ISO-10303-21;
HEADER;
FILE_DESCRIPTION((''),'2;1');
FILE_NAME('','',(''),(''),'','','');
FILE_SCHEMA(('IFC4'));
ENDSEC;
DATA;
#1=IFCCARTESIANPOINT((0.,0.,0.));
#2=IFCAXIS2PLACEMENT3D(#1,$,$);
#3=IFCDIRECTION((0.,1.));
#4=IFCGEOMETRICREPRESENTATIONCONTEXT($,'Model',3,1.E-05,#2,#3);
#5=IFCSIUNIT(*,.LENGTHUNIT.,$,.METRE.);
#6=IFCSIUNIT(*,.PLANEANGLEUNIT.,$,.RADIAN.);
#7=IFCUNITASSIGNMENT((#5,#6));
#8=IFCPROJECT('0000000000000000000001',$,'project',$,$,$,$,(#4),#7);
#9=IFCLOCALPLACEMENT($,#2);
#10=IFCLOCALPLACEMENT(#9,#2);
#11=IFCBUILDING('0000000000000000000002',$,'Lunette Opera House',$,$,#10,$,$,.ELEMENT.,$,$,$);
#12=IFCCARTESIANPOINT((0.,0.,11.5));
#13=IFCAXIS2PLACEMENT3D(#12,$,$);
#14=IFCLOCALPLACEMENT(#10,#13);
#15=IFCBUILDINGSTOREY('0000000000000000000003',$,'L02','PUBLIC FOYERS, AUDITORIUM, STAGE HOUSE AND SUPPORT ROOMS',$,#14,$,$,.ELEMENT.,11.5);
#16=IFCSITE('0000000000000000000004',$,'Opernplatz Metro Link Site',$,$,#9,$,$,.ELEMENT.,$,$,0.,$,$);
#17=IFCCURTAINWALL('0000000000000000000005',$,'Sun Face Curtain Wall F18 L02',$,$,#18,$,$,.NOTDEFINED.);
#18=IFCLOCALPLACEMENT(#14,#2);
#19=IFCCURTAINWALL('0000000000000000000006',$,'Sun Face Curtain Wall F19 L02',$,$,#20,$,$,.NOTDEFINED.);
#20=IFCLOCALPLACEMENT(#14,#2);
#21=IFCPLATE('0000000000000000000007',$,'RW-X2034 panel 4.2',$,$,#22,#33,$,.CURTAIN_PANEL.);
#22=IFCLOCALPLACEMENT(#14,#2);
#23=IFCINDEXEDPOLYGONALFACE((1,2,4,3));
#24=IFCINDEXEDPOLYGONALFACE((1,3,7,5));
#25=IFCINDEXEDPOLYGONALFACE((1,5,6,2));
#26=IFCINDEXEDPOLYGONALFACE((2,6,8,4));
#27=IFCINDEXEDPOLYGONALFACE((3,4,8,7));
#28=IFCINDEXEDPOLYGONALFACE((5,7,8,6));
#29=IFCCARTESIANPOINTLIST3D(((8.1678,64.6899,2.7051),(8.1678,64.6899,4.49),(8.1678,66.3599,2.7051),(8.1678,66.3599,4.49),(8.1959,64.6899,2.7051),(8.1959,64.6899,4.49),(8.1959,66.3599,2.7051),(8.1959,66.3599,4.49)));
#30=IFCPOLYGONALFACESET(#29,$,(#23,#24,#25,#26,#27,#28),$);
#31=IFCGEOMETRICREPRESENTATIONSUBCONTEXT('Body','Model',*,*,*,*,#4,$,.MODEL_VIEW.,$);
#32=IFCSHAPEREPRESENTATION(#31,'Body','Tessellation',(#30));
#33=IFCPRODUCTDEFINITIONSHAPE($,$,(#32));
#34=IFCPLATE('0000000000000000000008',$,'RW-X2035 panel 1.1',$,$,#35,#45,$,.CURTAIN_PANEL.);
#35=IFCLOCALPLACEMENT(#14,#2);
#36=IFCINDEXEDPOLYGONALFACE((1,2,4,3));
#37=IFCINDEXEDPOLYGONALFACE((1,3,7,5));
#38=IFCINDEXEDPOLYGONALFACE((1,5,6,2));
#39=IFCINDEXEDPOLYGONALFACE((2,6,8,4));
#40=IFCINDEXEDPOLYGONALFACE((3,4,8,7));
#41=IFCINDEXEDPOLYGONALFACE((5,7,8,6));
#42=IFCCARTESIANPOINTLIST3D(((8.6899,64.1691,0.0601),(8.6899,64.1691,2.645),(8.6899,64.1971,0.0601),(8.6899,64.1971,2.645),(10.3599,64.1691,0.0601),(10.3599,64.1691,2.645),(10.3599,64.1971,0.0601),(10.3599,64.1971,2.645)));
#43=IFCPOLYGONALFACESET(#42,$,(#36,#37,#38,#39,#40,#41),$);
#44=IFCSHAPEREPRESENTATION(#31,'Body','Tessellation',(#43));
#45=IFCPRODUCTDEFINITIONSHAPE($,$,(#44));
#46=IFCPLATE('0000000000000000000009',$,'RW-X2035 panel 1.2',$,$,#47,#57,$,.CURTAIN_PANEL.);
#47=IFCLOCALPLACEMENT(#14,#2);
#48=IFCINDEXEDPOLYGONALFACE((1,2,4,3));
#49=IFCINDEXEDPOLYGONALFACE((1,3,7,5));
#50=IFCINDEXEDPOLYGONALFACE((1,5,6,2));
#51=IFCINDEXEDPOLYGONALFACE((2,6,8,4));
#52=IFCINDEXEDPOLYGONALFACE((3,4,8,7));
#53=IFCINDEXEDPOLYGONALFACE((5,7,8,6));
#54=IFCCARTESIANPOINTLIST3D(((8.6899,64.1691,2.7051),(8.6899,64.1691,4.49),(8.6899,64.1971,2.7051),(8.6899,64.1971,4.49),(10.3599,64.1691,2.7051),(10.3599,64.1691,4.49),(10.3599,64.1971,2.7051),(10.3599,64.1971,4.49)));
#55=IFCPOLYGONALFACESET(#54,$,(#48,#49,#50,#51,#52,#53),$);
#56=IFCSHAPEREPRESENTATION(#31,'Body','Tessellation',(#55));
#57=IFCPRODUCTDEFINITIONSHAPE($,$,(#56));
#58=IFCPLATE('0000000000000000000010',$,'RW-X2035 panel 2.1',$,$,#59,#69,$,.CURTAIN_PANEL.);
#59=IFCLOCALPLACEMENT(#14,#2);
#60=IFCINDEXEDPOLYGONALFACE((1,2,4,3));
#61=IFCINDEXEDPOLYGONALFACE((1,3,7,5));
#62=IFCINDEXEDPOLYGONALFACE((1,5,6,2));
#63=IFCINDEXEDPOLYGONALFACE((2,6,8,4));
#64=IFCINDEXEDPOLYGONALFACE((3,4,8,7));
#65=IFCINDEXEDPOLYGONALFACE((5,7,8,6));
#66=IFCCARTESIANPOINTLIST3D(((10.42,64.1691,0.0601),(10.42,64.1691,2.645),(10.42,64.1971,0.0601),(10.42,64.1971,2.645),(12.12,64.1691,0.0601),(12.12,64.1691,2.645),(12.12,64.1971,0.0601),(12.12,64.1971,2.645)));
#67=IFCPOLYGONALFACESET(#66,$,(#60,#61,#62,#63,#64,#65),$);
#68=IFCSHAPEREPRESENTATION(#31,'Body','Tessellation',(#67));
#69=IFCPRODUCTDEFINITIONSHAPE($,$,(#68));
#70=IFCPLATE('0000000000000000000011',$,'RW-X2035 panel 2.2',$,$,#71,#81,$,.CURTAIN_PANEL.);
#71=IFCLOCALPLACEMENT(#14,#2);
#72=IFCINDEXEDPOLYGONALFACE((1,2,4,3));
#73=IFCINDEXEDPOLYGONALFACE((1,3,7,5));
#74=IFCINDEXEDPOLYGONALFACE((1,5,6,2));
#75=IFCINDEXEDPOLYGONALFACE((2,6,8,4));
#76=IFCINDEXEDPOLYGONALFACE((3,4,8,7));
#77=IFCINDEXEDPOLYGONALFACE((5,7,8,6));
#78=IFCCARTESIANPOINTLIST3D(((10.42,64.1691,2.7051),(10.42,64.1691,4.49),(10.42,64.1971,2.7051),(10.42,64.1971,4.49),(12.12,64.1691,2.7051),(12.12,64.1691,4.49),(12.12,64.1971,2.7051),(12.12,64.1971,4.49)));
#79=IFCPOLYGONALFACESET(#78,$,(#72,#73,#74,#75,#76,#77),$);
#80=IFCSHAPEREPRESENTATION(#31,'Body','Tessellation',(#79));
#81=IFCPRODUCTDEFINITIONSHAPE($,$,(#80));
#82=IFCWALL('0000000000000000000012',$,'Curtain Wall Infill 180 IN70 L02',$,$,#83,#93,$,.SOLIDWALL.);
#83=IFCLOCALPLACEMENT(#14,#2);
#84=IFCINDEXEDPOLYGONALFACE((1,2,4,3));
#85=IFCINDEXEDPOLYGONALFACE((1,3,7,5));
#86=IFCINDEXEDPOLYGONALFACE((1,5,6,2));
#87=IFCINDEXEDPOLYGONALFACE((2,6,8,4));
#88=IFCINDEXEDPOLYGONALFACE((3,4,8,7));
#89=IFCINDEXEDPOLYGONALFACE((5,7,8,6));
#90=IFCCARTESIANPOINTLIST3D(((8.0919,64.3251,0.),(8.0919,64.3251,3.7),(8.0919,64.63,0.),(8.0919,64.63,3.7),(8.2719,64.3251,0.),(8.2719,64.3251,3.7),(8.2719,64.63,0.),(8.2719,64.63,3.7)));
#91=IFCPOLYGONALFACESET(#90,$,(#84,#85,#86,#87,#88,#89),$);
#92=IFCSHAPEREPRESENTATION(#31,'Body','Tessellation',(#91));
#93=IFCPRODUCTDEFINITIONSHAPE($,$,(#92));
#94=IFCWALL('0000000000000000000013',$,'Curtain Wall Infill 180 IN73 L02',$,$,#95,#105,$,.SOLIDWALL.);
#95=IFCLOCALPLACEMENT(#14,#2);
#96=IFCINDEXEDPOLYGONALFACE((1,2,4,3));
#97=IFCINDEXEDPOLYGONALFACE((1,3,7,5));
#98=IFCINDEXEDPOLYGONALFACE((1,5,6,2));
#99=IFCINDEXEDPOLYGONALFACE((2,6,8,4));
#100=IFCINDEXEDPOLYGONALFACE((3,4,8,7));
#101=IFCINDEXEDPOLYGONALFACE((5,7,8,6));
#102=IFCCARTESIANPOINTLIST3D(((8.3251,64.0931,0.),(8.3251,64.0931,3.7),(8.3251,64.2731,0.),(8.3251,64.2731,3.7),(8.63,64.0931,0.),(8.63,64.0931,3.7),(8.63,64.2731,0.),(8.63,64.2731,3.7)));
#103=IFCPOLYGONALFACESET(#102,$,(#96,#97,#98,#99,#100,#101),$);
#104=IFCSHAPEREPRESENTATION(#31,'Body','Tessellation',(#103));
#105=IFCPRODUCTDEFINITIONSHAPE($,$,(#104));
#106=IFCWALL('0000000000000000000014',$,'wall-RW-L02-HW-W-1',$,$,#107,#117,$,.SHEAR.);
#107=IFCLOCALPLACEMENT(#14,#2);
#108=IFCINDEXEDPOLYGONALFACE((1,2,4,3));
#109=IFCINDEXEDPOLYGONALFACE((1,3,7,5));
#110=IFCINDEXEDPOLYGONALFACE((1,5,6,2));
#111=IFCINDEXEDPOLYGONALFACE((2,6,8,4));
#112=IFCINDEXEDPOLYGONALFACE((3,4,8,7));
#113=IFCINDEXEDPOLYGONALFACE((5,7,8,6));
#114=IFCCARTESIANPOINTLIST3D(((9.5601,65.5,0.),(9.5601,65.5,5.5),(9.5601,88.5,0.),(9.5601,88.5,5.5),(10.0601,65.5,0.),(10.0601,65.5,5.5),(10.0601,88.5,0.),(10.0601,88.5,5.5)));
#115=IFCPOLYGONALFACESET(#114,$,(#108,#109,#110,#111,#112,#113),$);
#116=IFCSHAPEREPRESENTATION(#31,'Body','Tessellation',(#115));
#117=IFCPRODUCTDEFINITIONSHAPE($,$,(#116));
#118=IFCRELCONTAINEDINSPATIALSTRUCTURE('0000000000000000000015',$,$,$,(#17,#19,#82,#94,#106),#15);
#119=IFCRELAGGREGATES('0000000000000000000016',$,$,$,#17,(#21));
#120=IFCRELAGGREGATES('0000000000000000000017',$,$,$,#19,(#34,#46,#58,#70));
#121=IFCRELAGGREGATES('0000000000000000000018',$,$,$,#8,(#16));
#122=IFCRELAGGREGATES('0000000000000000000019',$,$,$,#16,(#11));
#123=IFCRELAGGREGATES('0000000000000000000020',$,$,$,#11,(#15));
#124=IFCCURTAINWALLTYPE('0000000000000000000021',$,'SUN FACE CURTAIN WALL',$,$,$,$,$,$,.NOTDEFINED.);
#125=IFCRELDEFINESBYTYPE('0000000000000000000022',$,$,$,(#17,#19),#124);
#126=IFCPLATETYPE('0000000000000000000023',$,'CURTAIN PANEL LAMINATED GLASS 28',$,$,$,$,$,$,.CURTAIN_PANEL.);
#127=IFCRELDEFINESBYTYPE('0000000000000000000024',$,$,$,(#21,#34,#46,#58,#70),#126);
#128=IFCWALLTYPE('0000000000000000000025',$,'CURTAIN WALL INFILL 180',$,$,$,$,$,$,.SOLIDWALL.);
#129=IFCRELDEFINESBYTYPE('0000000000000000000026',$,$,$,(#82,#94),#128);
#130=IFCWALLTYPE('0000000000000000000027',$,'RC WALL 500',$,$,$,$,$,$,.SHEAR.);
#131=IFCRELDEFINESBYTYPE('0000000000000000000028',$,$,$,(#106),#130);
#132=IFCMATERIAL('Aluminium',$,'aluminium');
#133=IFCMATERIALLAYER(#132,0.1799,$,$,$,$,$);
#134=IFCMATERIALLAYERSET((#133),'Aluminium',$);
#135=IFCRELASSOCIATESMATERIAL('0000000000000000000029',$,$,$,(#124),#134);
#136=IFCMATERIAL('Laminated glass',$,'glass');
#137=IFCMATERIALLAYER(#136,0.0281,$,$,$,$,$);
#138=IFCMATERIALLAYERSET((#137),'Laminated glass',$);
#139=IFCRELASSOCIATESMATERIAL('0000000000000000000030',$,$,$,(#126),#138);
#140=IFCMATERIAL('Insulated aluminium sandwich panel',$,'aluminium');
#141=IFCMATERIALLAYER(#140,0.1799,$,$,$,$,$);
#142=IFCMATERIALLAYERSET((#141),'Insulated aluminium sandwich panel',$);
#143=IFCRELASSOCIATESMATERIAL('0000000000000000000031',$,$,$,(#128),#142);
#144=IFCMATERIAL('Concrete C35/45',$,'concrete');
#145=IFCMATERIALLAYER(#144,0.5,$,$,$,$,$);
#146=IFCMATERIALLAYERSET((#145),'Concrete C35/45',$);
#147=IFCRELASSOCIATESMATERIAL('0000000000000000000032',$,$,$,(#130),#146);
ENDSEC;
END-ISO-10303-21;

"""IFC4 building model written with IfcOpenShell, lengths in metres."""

from ifc_helpers import new_model, si_unit, direction, frame, frame_2d, origin, origin_2d, place, context, subcontext, project, spatial, rectangle, extrude, material, layer, layer_set, type_object, element, aggregate, save


model = new_model("IFC4")

# Units and contexts
model_context = context("Model", 3, precision=1e-05, world=origin(), true_north=direction((0.0, 1.0)))
body_context = subcontext(model_context, "Body", "Model", "MODEL_VIEW")
ifc_project = project(units=[si_unit("LENGTHUNIT", "METRE"), si_unit("PLANEANGLEUNIT", "RADIAN")], contexts=[model_context])

# Site, building, storey
site_placement = place(None, origin())
site = spatial("IfcSite", under=ifc_project, at=site_placement, Name="Opernplatz Metro Link Site", CompositionType="ELEMENT", RefElevation=0.0)
building_placement = place(site_placement, origin())
building = spatial("IfcBuilding", under=site, at=building_placement, Name="Lunette Opera House", CompositionType="ELEMENT")
storey_placement = place(building_placement, frame((0.0, 0.0, 11.5)))
storey = spatial("IfcBuildingStorey", under=building, at=storey_placement, Name="L02", Description="PUBLIC FOYERS, AUDITORIUM, STAGE HOUSE AND SUPPORT ROOMS", CompositionType="ELEMENT", Elevation=11.5)

# Curtain wall
ifc_material_1 = material(Name="Aluminium", Category="aluminium")
ifc_layer_1 = layer(ifc_material_1, 0.1799)
ifc_layer_set_1 = layer_set([ifc_layer_1], Name="Aluminium")
curtain_wall_type = type_object("IfcCurtainWallType", Name="SUN FACE CURTAIN WALL", PredefinedType="NOTDEFINED", material=ifc_layer_set_1)
curtain_wall_1_placement = place(storey_placement, origin())
curtain_wall_1 = element("IfcCurtainWall", 1, at=curtain_wall_1_placement, inside=storey, type_object=curtain_wall_type, Name="Sun Face Curtain Wall F18 L02", PredefinedType="NOTDEFINED")

# Curtain wall
curtain_wall_2_placement = place(storey_placement, origin())
curtain_wall_2 = element("IfcCurtainWall", 2, at=curtain_wall_2_placement, inside=storey, type_object=curtain_wall_type, Name="Sun Face Curtain Wall F19 L02", PredefinedType="NOTDEFINED")

# Plates
ifc_material_2 = material(Name="Laminated glass", Category="glass")
ifc_layer_2 = layer(ifc_material_2, 0.0281)
ifc_layer_set_2 = layer_set([ifc_layer_2], Name="Laminated glass")
plate_type = type_object("IfcPlateType", Name="CURTAIN PANEL LAMINATED GLASS 28", PredefinedType="CURTAIN_PANEL", material=ifc_layer_set_2)
plate_1_placement = place(storey_placement, frame((8.1819, 65.5249, 2.7051), z_axis=(0.0, 0.0, 1.0), x_axis=(0.0, -1.0, 0.0)))
plate_1 = element("IfcPlate", 3, at=plate_1_placement, type_object=plate_type, Name="RW-X2034 panel 4.2", PredefinedType="CURTAIN_PANEL", context=body_context, shape_type="SweptSolid", body=[
    extrude(rectangle(XDim=1.6699, YDim=0.0281, at=origin_2d()), origin(), (0.0, 0.0, 1.0), 1.7849),
])
aggregate(curtain_wall_1, [plate_1])
plate_2_placement = place(storey_placement, frame((9.5249, 64.1831, 0.0601), z_axis=(0.0, 0.0, 1.0), x_axis=(1.0, 0.0, 0.0)))
plate_2 = element("IfcPlate", 4, at=plate_2_placement, type_object=plate_type, Name="RW-X2035 panel 1.1", PredefinedType="CURTAIN_PANEL", context=body_context, shape_type="SweptSolid", body=[
    extrude(rectangle(XDim=1.6699, YDim=0.0281, at=origin_2d()), origin(), (0.0, 0.0, 1.0), 2.585),
])
plate_3_placement = place(storey_placement, frame((9.5249, 64.1831, 2.7051), z_axis=(0.0, 0.0, 1.0), x_axis=(1.0, 0.0, 0.0)))
plate_3 = element("IfcPlate", 5, at=plate_3_placement, type_object=plate_type, Name="RW-X2035 panel 1.2", PredefinedType="CURTAIN_PANEL", context=body_context, shape_type="SweptSolid", body=[
    extrude(rectangle(XDim=1.6699, YDim=0.0281, at=origin_2d()), origin(), (0.0, 0.0, 1.0), 1.7849),
])
plate_4_placement = place(storey_placement, frame((11.27, 64.1831, 0.0601), z_axis=(0.0, 0.0, 1.0), x_axis=(1.0, 0.0, 0.0)))
plate_4 = element("IfcPlate", 6, at=plate_4_placement, type_object=plate_type, Name="RW-X2035 panel 2.1", PredefinedType="CURTAIN_PANEL", context=body_context, shape_type="SweptSolid", body=[
    extrude(rectangle(XDim=1.7, YDim=0.0281, at=origin_2d()), origin(), (0.0, 0.0, 1.0), 2.585),
])
plate_5_placement = place(storey_placement, frame((11.27, 64.1831, 2.7051), z_axis=(0.0, 0.0, 1.0), x_axis=(1.0, 0.0, 0.0)))
plate_5 = element("IfcPlate", 7, at=plate_5_placement, type_object=plate_type, Name="RW-X2035 panel 2.2", PredefinedType="CURTAIN_PANEL", context=body_context, shape_type="SweptSolid", body=[
    extrude(rectangle(XDim=1.7, YDim=0.0281, at=origin_2d()), origin(), (0.0, 0.0, 1.0), 1.7849),
])
aggregate(curtain_wall_2, [plate_2, plate_3, plate_4, plate_5])

# Walls
ifc_material_3 = material(Name="Insulated aluminium sandwich panel", Category="aluminium")
ifc_layer_3 = layer(ifc_material_3, 0.1799)
ifc_layer_set_3 = layer_set([ifc_layer_3], Name="Insulated aluminium sandwich panel")
wall_type_1 = type_object("IfcWallType", Name="CURTAIN WALL INFILL 180", PredefinedType="SOLIDWALL", material=ifc_layer_set_3)
for number, where, z_axis, x_axis, name in (
    (8, (8.1819, 64.6299, 0.0), (0.0, 0.0, 1.0), (0.0, -1.0, 0.0), "Curtain Wall Infill 180 IN70 L02"),
    (9, (8.6299, 64.1831, 0.0), (0.0, 0.0, 1.0), (-1.0, 0.0, 0.0), "Curtain Wall Infill 180 IN73 L02"),
):
    element("IfcWall", number, at=place(storey_placement, frame(where, z_axis=z_axis, x_axis=x_axis)), inside=storey, type_object=wall_type_1, Name=name, PredefinedType="SOLIDWALL", context=body_context, shape_type="SweptSolid", body=[
        extrude(rectangle(XDim=0.3049, YDim=0.1799, at=frame_2d((0.1523, 0.0))), origin(), (0.0, 0.0, 1.0), 3.7),
    ])
ifc_material_4 = material(Name="Concrete C35/45", Category="concrete")
ifc_layer_4 = layer(ifc_material_4, 0.5)
ifc_layer_set_4 = layer_set([ifc_layer_4], Name="Concrete C35/45")
wall_type_2 = type_object("IfcWallType", Name="RC WALL 500", PredefinedType="SHEAR", material=ifc_layer_set_4)
wall_placement = place(storey_placement, frame((9.8101, 65.5, 0.0), z_axis=(0.0, 0.0, 1.0), x_axis=(0.0, 1.0, 0.0)))
element("IfcWall", 10, at=wall_placement, inside=storey, type_object=wall_type_2, Name="wall-RW-L02-HW-W-1", PredefinedType="SHEAR", context=body_context, shape_type="SweptSolid", body=[
    extrude(rectangle(XDim=23.0, YDim=0.5, at=frame_2d((11.5, 0.0))), origin(), (0.0, 0.0, 1.0), 5.5),
])

save(model, "model.ifc")
